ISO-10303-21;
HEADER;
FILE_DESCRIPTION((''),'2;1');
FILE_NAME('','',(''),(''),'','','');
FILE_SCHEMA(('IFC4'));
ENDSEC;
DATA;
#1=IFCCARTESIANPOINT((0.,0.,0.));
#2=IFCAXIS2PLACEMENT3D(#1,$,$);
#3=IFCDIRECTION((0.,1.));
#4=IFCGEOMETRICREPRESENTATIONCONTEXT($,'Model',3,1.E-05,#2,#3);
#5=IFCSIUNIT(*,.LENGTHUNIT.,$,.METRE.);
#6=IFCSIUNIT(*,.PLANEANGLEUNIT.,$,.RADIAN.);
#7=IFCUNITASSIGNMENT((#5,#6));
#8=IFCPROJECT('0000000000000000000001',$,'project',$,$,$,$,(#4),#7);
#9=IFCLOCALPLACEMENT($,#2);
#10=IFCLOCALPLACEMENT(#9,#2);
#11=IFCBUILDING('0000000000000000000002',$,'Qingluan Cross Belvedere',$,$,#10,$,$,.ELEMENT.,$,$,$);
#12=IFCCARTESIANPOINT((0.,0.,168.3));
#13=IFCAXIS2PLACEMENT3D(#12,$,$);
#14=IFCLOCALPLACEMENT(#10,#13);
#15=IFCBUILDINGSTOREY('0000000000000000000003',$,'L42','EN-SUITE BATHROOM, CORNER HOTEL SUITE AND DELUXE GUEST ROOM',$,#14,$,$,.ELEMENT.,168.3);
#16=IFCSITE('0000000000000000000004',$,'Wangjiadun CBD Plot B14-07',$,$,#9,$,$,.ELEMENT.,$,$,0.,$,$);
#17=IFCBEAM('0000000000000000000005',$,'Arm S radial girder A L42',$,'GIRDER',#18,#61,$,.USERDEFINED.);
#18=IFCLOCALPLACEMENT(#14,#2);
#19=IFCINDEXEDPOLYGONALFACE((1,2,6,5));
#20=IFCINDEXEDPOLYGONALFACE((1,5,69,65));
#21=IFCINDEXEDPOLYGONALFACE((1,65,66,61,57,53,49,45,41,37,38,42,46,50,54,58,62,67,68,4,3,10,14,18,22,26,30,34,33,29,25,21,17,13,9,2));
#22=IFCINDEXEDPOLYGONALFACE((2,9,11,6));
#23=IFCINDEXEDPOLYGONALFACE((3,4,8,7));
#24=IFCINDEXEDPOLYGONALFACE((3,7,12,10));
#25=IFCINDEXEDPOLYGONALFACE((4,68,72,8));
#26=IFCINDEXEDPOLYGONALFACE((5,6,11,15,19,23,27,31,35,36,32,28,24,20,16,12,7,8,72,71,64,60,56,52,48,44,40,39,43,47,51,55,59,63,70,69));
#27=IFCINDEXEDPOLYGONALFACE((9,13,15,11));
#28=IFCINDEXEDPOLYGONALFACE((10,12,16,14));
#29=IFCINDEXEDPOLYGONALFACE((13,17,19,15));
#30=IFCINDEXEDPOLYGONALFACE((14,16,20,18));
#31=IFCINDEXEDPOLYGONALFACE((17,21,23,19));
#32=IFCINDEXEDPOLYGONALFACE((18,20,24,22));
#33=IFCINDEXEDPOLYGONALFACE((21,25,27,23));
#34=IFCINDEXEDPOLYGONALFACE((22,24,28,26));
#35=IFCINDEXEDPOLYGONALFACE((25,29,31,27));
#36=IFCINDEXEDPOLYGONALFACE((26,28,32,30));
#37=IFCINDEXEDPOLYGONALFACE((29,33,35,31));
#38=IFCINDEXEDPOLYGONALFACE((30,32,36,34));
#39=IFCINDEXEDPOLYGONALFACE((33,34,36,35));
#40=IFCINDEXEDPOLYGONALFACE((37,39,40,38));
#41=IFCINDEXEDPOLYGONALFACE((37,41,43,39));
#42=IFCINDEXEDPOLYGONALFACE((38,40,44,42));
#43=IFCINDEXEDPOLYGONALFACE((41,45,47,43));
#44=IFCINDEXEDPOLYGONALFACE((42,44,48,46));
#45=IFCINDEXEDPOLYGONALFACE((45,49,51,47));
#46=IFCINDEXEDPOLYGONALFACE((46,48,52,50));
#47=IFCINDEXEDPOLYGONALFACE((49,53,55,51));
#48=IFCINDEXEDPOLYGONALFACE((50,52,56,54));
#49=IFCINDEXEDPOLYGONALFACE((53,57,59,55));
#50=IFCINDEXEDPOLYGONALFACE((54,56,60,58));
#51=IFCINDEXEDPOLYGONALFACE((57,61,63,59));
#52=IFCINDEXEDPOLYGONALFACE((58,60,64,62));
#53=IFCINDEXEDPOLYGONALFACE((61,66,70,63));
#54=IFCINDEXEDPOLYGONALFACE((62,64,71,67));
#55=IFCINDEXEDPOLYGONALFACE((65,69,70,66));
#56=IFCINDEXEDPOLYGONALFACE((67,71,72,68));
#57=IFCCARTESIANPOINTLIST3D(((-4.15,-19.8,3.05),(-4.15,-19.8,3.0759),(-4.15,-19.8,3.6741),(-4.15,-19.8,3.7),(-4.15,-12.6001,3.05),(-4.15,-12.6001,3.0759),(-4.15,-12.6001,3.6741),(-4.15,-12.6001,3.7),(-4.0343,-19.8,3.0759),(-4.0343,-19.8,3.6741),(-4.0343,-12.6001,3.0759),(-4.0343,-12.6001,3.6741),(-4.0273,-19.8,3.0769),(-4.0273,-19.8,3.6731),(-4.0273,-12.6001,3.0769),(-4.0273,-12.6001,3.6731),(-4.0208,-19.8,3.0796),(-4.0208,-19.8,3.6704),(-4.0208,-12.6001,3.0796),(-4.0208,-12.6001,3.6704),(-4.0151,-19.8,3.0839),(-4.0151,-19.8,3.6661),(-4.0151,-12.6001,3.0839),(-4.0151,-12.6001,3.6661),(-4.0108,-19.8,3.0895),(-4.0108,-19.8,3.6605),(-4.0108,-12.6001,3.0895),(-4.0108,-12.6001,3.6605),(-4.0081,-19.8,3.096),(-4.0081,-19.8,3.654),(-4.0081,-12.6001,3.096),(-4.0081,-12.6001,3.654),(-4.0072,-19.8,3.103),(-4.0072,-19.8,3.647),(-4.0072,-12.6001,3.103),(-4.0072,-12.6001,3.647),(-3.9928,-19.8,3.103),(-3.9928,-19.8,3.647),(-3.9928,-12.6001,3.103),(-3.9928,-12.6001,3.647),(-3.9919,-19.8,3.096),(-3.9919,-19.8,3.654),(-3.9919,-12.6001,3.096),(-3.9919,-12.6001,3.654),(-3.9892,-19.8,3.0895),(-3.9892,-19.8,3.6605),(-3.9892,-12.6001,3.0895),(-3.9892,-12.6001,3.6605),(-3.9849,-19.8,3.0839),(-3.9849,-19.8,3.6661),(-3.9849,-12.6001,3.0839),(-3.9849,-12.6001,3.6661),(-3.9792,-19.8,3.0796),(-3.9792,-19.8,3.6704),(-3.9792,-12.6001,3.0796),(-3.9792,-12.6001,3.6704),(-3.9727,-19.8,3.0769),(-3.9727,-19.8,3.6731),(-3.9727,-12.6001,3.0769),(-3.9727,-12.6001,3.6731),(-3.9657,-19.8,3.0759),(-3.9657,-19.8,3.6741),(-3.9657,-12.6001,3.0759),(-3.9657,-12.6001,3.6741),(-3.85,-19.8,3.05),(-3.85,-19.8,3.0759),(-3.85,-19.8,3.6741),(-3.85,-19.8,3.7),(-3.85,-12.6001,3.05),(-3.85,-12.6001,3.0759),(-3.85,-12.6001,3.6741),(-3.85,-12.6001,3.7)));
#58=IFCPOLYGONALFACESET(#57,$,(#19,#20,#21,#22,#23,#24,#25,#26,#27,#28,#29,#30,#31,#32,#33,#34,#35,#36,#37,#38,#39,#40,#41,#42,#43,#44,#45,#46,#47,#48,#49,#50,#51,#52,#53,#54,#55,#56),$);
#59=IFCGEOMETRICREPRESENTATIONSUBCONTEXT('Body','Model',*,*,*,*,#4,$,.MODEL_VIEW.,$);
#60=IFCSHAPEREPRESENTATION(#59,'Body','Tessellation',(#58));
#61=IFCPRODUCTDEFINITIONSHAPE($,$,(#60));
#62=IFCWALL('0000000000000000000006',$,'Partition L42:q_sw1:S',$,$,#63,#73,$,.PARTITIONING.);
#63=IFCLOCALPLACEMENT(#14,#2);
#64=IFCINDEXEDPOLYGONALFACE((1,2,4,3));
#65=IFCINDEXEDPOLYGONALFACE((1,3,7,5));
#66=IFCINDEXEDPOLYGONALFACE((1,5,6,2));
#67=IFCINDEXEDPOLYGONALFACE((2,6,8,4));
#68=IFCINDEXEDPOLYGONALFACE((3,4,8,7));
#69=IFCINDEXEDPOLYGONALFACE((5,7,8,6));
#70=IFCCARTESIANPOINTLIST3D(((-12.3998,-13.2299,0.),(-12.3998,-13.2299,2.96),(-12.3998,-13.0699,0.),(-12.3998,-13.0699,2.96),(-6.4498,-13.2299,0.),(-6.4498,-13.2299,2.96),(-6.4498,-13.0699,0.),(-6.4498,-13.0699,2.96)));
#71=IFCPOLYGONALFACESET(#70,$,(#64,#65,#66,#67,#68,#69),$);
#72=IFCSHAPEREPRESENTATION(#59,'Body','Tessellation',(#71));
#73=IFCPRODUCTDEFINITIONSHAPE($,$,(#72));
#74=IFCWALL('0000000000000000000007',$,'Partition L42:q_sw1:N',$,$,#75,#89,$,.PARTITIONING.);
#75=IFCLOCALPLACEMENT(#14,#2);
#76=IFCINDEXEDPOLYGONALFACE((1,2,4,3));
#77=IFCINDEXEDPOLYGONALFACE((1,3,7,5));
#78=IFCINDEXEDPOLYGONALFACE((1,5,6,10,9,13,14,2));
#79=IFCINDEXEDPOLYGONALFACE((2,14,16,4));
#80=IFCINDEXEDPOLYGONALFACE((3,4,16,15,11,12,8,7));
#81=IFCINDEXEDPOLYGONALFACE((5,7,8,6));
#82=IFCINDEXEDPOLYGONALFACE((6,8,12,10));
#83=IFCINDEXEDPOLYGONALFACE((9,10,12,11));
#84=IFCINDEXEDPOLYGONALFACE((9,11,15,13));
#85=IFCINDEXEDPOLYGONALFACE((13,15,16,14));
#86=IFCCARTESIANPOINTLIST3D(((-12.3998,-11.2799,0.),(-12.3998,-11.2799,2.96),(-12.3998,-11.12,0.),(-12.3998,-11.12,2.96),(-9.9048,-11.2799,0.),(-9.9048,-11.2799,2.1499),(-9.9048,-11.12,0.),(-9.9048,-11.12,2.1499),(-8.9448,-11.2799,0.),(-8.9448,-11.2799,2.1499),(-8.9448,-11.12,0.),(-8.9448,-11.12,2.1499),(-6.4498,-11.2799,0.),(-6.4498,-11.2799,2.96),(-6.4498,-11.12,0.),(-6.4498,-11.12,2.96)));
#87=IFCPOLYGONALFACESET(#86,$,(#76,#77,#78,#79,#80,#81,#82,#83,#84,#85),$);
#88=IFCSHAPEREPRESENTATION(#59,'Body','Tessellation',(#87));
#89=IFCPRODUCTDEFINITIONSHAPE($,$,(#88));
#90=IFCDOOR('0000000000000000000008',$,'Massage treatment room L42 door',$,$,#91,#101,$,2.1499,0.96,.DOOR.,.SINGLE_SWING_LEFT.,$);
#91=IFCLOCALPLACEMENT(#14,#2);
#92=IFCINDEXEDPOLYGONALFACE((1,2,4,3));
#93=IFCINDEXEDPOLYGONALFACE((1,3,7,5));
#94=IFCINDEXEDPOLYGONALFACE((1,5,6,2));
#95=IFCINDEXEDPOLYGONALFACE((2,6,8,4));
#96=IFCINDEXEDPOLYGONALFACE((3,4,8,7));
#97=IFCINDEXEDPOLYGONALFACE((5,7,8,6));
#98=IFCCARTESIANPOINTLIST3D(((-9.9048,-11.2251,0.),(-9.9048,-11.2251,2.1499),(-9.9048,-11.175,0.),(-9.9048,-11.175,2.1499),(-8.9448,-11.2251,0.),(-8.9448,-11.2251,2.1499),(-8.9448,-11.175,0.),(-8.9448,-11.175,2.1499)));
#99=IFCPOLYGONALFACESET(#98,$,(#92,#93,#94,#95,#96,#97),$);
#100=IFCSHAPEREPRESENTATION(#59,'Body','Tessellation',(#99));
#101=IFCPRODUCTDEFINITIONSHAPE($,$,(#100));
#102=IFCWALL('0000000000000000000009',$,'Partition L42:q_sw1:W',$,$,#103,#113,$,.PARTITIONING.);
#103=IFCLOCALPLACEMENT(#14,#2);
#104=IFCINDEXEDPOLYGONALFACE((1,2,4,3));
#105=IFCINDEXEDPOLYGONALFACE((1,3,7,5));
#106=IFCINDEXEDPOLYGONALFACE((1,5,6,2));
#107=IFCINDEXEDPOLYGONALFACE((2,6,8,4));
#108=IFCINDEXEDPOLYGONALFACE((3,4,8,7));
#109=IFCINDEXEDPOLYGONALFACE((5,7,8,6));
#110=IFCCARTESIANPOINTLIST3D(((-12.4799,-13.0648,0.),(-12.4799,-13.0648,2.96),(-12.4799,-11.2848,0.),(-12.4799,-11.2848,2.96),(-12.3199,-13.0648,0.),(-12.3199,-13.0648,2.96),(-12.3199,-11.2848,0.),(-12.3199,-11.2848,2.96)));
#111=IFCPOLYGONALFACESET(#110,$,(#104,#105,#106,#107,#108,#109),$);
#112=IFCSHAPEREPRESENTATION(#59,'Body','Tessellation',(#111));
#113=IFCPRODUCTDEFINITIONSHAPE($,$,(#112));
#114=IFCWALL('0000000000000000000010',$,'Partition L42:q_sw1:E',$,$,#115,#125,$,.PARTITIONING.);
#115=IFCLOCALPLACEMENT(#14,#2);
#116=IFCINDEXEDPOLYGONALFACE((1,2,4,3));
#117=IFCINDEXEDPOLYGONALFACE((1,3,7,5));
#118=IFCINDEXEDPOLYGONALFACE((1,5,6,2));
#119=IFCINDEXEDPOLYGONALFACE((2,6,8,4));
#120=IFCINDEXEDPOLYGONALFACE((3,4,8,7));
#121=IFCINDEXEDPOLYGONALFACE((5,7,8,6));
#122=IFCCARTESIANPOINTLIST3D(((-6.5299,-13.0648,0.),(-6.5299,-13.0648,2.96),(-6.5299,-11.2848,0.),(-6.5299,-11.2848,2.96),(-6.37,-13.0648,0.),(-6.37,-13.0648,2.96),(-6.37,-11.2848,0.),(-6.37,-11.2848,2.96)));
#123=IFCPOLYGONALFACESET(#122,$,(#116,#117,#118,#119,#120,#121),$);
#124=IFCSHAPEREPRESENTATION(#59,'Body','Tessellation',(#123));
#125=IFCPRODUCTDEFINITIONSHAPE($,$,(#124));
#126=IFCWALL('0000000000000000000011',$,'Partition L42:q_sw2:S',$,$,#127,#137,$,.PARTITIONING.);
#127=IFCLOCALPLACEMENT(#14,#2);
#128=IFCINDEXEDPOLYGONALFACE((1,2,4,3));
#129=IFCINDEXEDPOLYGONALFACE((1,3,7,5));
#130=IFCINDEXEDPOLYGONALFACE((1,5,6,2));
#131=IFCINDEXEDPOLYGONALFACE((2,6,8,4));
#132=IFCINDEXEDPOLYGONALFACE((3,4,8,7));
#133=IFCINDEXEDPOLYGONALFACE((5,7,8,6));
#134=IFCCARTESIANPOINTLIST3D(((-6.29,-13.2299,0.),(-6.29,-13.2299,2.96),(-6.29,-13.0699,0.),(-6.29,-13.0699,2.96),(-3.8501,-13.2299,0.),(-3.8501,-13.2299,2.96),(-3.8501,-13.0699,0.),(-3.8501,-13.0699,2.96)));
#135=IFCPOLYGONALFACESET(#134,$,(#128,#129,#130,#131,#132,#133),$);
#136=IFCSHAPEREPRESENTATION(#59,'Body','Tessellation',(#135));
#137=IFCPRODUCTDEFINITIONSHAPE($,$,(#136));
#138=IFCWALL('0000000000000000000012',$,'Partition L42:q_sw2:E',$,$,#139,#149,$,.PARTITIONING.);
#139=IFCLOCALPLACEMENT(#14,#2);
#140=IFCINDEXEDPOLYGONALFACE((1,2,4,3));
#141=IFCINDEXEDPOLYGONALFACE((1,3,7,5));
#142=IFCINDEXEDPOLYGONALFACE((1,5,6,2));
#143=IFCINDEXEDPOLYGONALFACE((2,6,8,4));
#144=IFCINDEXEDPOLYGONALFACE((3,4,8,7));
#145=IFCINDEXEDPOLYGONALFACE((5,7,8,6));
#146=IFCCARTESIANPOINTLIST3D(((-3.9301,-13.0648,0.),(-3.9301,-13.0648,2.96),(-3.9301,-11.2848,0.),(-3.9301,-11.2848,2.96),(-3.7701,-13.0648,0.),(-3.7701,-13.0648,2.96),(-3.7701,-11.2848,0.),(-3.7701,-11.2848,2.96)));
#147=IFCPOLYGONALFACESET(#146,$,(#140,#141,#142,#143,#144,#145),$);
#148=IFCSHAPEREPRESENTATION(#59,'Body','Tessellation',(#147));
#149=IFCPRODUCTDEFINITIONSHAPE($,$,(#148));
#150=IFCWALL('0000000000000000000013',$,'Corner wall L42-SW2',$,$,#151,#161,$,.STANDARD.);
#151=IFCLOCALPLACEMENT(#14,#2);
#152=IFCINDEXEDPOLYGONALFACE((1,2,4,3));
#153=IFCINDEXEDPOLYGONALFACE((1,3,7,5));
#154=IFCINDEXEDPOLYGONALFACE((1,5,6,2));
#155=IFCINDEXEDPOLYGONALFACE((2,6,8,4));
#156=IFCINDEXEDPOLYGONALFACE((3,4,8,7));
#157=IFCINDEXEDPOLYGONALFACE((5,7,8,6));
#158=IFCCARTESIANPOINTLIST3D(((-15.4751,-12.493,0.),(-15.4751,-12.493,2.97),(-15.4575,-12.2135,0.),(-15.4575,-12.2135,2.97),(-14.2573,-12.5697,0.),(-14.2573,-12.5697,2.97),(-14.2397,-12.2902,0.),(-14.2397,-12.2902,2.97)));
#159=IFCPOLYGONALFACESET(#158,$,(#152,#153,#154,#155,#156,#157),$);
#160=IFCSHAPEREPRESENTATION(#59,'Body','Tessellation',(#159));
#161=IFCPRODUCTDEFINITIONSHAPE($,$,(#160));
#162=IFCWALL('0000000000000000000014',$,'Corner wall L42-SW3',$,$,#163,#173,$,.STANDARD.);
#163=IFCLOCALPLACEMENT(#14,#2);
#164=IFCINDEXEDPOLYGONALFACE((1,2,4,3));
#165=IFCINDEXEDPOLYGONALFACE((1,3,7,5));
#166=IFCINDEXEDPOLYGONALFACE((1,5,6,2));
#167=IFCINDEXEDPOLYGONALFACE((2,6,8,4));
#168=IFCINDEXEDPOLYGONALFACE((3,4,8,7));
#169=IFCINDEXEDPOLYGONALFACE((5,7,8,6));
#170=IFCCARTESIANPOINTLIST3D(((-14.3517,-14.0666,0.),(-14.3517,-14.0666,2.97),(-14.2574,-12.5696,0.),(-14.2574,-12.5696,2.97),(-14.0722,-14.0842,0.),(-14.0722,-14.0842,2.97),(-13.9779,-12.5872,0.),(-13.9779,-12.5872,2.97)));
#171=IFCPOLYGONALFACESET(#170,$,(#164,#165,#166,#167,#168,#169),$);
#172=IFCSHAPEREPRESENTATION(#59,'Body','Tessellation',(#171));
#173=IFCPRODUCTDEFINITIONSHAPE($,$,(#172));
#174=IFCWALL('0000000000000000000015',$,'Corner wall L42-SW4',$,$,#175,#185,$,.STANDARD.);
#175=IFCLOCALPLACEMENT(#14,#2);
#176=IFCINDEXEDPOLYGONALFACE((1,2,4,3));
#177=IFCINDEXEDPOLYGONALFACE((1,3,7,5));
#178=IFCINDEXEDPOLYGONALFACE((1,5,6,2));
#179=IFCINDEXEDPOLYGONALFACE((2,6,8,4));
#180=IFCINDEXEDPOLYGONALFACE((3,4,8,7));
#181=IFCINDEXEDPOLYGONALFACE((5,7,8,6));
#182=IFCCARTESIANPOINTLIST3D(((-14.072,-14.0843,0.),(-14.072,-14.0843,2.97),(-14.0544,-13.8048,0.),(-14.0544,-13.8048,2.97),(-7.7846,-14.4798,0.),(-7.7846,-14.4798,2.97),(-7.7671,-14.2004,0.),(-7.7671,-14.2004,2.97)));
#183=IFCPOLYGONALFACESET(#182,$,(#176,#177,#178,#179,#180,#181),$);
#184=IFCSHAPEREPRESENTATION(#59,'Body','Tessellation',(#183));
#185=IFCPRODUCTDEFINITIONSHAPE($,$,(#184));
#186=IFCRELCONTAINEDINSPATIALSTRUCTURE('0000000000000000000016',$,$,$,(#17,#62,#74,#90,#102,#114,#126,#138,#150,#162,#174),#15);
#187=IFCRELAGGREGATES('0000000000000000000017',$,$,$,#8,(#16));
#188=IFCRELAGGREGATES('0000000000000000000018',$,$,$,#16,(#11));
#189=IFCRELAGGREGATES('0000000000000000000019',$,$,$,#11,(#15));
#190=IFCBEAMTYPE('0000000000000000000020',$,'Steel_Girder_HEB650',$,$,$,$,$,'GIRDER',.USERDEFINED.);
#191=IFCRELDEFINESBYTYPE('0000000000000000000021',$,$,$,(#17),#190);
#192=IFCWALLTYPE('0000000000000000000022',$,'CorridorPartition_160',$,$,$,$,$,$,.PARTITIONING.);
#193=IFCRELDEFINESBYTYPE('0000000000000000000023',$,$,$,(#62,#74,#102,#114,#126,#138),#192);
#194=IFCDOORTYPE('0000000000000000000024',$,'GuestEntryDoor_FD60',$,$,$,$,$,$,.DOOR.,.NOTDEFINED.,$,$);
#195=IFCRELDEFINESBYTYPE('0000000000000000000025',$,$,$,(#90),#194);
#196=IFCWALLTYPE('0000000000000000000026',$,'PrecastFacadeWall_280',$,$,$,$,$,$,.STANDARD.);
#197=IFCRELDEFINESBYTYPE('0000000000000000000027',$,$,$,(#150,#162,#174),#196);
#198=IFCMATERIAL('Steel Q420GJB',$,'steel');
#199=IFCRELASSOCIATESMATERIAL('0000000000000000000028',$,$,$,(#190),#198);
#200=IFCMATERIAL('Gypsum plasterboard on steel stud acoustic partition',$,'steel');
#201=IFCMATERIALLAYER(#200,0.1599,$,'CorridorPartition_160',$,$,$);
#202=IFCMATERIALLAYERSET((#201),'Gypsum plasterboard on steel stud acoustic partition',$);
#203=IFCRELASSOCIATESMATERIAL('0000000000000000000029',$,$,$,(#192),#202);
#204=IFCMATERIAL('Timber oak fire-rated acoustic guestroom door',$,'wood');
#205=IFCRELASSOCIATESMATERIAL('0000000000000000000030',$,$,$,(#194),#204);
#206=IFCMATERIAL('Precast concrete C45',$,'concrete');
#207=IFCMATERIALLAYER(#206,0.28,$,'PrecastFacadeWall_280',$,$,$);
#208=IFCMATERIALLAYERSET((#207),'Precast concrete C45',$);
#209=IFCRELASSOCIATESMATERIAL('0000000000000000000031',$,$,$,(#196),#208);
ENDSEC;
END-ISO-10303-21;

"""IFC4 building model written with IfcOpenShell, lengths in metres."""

from ifc_helpers import new_model, si_unit, direction, frame, frame_2d, origin, origin_2d, place, context, subcontext, project, spatial, rectangle, i_section, extrude, material, layer, layer_set, material_profile, profile_set, type_object, element, fill, save


model = new_model("IFC4")

# Units and contexts
model_context = context("Model", 3, precision=1e-05, world=origin(), true_north=direction((0.0, 1.0)))
body_context = subcontext(model_context, "Body", "Model", "MODEL_VIEW")
ifc_project = project(units=[si_unit("LENGTHUNIT", "METRE"), si_unit("PLANEANGLEUNIT", "RADIAN")], contexts=[model_context])

# Site, building, storey
site_placement = place(None, origin())
site = spatial("IfcSite", under=ifc_project, at=site_placement, Name="Wangjiadun CBD Plot B14-07", CompositionType="ELEMENT", RefElevation=0.0)
building_placement = place(site_placement, origin())
building = spatial("IfcBuilding", under=site, at=building_placement, Name="Qingluan Cross Belvedere", CompositionType="ELEMENT")
storey_placement = place(building_placement, frame((0.0, 0.0, 168.3)))
storey = spatial("IfcBuildingStorey", under=building, at=storey_placement, Name="L42", Description="EN-SUITE BATHROOM, CORNER HOTEL SUITE AND DELUXE GUEST ROOM", CompositionType="ELEMENT", Elevation=168.3)

# Beam
ifc_material_1 = material(Name="Steel Q420GJB", Category="steel")
ifc_material_profile_1 = material_profile(ifc_material_1, i_section(OverallWidth=0.3, OverallDepth=0.6499, WebThickness=0.0144, FlangeThickness=0.0259, FilletRadius=0.0271, at=origin_2d()), Name="HEB650")
ifc_profile_set_1 = profile_set([ifc_material_profile_1], Name="Steel Q420GJB")
beam_type_1 = type_object("IfcBeamType", Name="Steel_Girder_HEB650", ElementType="GIRDER", PredefinedType="USERDEFINED", material=ifc_profile_set_1)
beam_1_placement = place(storey_placement, frame((-4.0, -12.6001, 3.375), z_axis=(0.0, -1.0, 0.0), x_axis=(1.0, 0.0, 0.0)))
element("IfcBeam", 1, at=beam_1_placement, inside=storey, type_object=beam_type_1, Name="Arm S radial girder A L42", ObjectType="GIRDER", PredefinedType="USERDEFINED", context=body_context, shape_type="SweptSolid", body=[
    extrude(i_section(OverallWidth=0.3, OverallDepth=0.6499, WebThickness=0.0144, FlangeThickness=0.0259, FilletRadius=0.0271, at=origin_2d()), origin(), (0.0, 0.0, 1.0), 7.2),
])

# Wall
ifc_material_2 = material(Name="Gypsum plasterboard on steel stud acoustic partition", Category="steel")
ifc_layer_1 = layer(ifc_material_2, 0.1599, Name="CorridorPartition_160")
ifc_layer_set_1 = layer_set([ifc_layer_1], Name="Gypsum plasterboard on steel stud acoustic partition")
wall_type_1 = type_object("IfcWallType", Name="CorridorPartition_160", PredefinedType="PARTITIONING", material=ifc_layer_set_1)
wall_1_placement = place(storey_placement, frame((-12.3999, -13.1499, 0.0), z_axis=(0.0, 0.0, 1.0), x_axis=(1.0, 0.0, 0.0)))
element("IfcWall", 2, at=wall_1_placement, inside=storey, type_object=wall_type_1, Name="Partition L42:q_sw1:S", PredefinedType="PARTITIONING", context=body_context, shape_type="SweptSolid", body=[
    extrude(rectangle(XDim=5.95, YDim=0.1599, at=frame_2d((2.9751, 0.0))), origin(), (0.0, 0.0, 1.0), 2.96),
])

# Wall, opening, door
wall_2_placement = place(storey_placement, frame((-12.3999, -11.2, 0.0), z_axis=(0.0, 0.0, 1.0), x_axis=(1.0, 0.0, 0.0)))
wall_2 = element("IfcWall", 3, at=wall_2_placement, inside=storey, type_object=wall_type_1, Name="Partition L42:q_sw1:N", PredefinedType="PARTITIONING", context=body_context, shape_type="SweptSolid", body=[
    extrude(rectangle(XDim=5.95, YDim=0.1599, at=frame_2d((2.9751, 0.0))), origin(), (0.0, 0.0, 1.0), 2.96),
])
opening_placement = place(wall_2_placement, frame((2.4951, 0.0, 0.0)))
opening = element("IfcOpeningElement", 4, at=opening_placement, cuts=wall_2, PredefinedType="OPENING", context=body_context, shape_type="SweptSolid", body=[
    extrude(rectangle(XDim=0.96, YDim=2.1499, at=frame_2d((0.48, 1.075))), frame((0.0, 0.0898, 0.0), z_axis=(0.0, -1.0, 0.0), x_axis=(1.0, 0.0, 0.0)), (0.0, 0.0, 1.0), 0.1799),
])
ifc_material_3 = material(Name="Timber oak fire-rated acoustic guestroom door", Category="wood")
door_type = type_object("IfcDoorType", Name="GuestEntryDoor_FD60", OperationType="NOTDEFINED", PredefinedType="DOOR", material=ifc_material_3)
door_placement = place(opening_placement, origin())
door = element("IfcDoor", 5, at=door_placement, inside=storey, type_object=door_type, Name="Massage treatment room L42 door", OperationType="SINGLE_SWING_LEFT", OverallHeight=2.1499, OverallWidth=0.96, PredefinedType="DOOR", context=body_context, shape_type="SweptSolid", body=[
    extrude(rectangle(XDim=0.96, YDim=2.1499, at=frame_2d((0.48, 1.075))), frame((0.0, 0.0249, 0.0), z_axis=(0.0, -1.0, 0.0), x_axis=(1.0, 0.0, 0.0)), (0.0, 0.0, 1.0), 0.05),
])
fill(opening, door)

# Walls
for number, where, z_axis, x_axis, name in (
    (6, (-12.3999, -13.0649, 0.0), (0.0, 0.0, 1.0), (0.0, 1.0, 0.0), "Partition L42:q_sw1:W"),
    (7, (-6.45, -13.0649, 0.0), (0.0, 0.0, 1.0), (0.0, 1.0, 0.0), "Partition L42:q_sw1:E"),
):
    element("IfcWall", number, at=place(storey_placement, frame(where, z_axis=z_axis, x_axis=x_axis)), inside=storey, type_object=wall_type_1, Name=name, PredefinedType="PARTITIONING", context=body_context, shape_type="SweptSolid", body=[
        extrude(rectangle(XDim=1.78, YDim=0.1599, at=frame_2d((0.8901, 0.0))), origin(), (0.0, 0.0, 1.0), 2.96),
    ])
wall_3_placement = place(storey_placement, frame((-6.29, -13.1499, 0.0), z_axis=(0.0, 0.0, 1.0), x_axis=(1.0, 0.0, 0.0)))
element("IfcWall", 8, at=wall_3_placement, inside=storey, type_object=wall_type_1, Name="Partition L42:q_sw2:S", PredefinedType="PARTITIONING", context=body_context, shape_type="SweptSolid", body=[
    extrude(rectangle(XDim=2.4399, YDim=0.1599, at=frame_2d((1.22, 0.0))), origin(), (0.0, 0.0, 1.0), 2.96),
])
wall_4_placement = place(storey_placement, frame((-3.8501, -13.0649, 0.0), z_axis=(0.0, 0.0, 1.0), x_axis=(0.0, 1.0, 0.0)))
element("IfcWall", 9, at=wall_4_placement, inside=storey, type_object=wall_type_1, Name="Partition L42:q_sw2:E", PredefinedType="PARTITIONING", context=body_context, shape_type="SweptSolid", body=[
    extrude(rectangle(XDim=1.78, YDim=0.1599, at=frame_2d((0.8901, 0.0))), origin(), (0.0, 0.0, 1.0), 2.96),
])
ifc_material_4 = material(Name="Precast concrete C45", Category="concrete")
ifc_layer_2 = layer(ifc_material_4, 0.28, Name="PrecastFacadeWall_280")
ifc_layer_set_2 = layer_set([ifc_layer_2], Name="Precast concrete C45")
wall_type_2 = type_object("IfcWallType", Name="PrecastFacadeWall_280", PredefinedType="STANDARD", material=ifc_layer_set_2)
wall_5_placement = place(storey_placement, frame((-15.4663, -12.3533, 0.0), z_axis=(0.0, 0.0, 1.0), x_axis=(0.998024, -0.062827, 0.0)))
element("IfcWall", 10, at=wall_5_placement, inside=storey, type_object=wall_type_2, Name="Corner wall L42-SW2", PredefinedType="STANDARD", context=body_context, shape_type="SweptSolid", body=[
    extrude(rectangle(XDim=1.2202, YDim=0.28, at=frame_2d((0.6101, 0.0))), origin(), (0.0, 0.0, 1.0), 2.97),
])
wall_6_placement = place(storey_placement, frame((-14.1177, -12.5784, 0.0), z_axis=(0.0, 0.0, 1.0), x_axis=(-0.062824, -0.998025, 0.0)))
element("IfcWall", 11, at=wall_6_placement, inside=storey, type_object=wall_type_2, Name="Corner wall L42-SW3", PredefinedType="STANDARD", context=body_context, shape_type="SweptSolid", body=[
    extrude(rectangle(XDim=1.5, YDim=0.28, at=frame_2d((0.75, 0.0))), origin(), (0.0, 0.0, 1.0), 2.97),
])
wall_7_placement = place(storey_placement, frame((-14.0632, -13.9446, 0.0), z_axis=(0.0, 0.0, 1.0), x_axis=(0.998027, -0.062781, 0.0)))
element("IfcWall", 12, at=wall_7_placement, inside=storey, type_object=wall_type_2, Name="Corner wall L42-SW4", PredefinedType="STANDARD", context=body_context, shape_type="SweptSolid", body=[
    extrude(rectangle(XDim=6.2998, YDim=0.28, at=frame_2d((3.1499, 0.0))), origin(), (0.0, 0.0, 1.0), 2.97),
])

save(model, "model.ifc")
